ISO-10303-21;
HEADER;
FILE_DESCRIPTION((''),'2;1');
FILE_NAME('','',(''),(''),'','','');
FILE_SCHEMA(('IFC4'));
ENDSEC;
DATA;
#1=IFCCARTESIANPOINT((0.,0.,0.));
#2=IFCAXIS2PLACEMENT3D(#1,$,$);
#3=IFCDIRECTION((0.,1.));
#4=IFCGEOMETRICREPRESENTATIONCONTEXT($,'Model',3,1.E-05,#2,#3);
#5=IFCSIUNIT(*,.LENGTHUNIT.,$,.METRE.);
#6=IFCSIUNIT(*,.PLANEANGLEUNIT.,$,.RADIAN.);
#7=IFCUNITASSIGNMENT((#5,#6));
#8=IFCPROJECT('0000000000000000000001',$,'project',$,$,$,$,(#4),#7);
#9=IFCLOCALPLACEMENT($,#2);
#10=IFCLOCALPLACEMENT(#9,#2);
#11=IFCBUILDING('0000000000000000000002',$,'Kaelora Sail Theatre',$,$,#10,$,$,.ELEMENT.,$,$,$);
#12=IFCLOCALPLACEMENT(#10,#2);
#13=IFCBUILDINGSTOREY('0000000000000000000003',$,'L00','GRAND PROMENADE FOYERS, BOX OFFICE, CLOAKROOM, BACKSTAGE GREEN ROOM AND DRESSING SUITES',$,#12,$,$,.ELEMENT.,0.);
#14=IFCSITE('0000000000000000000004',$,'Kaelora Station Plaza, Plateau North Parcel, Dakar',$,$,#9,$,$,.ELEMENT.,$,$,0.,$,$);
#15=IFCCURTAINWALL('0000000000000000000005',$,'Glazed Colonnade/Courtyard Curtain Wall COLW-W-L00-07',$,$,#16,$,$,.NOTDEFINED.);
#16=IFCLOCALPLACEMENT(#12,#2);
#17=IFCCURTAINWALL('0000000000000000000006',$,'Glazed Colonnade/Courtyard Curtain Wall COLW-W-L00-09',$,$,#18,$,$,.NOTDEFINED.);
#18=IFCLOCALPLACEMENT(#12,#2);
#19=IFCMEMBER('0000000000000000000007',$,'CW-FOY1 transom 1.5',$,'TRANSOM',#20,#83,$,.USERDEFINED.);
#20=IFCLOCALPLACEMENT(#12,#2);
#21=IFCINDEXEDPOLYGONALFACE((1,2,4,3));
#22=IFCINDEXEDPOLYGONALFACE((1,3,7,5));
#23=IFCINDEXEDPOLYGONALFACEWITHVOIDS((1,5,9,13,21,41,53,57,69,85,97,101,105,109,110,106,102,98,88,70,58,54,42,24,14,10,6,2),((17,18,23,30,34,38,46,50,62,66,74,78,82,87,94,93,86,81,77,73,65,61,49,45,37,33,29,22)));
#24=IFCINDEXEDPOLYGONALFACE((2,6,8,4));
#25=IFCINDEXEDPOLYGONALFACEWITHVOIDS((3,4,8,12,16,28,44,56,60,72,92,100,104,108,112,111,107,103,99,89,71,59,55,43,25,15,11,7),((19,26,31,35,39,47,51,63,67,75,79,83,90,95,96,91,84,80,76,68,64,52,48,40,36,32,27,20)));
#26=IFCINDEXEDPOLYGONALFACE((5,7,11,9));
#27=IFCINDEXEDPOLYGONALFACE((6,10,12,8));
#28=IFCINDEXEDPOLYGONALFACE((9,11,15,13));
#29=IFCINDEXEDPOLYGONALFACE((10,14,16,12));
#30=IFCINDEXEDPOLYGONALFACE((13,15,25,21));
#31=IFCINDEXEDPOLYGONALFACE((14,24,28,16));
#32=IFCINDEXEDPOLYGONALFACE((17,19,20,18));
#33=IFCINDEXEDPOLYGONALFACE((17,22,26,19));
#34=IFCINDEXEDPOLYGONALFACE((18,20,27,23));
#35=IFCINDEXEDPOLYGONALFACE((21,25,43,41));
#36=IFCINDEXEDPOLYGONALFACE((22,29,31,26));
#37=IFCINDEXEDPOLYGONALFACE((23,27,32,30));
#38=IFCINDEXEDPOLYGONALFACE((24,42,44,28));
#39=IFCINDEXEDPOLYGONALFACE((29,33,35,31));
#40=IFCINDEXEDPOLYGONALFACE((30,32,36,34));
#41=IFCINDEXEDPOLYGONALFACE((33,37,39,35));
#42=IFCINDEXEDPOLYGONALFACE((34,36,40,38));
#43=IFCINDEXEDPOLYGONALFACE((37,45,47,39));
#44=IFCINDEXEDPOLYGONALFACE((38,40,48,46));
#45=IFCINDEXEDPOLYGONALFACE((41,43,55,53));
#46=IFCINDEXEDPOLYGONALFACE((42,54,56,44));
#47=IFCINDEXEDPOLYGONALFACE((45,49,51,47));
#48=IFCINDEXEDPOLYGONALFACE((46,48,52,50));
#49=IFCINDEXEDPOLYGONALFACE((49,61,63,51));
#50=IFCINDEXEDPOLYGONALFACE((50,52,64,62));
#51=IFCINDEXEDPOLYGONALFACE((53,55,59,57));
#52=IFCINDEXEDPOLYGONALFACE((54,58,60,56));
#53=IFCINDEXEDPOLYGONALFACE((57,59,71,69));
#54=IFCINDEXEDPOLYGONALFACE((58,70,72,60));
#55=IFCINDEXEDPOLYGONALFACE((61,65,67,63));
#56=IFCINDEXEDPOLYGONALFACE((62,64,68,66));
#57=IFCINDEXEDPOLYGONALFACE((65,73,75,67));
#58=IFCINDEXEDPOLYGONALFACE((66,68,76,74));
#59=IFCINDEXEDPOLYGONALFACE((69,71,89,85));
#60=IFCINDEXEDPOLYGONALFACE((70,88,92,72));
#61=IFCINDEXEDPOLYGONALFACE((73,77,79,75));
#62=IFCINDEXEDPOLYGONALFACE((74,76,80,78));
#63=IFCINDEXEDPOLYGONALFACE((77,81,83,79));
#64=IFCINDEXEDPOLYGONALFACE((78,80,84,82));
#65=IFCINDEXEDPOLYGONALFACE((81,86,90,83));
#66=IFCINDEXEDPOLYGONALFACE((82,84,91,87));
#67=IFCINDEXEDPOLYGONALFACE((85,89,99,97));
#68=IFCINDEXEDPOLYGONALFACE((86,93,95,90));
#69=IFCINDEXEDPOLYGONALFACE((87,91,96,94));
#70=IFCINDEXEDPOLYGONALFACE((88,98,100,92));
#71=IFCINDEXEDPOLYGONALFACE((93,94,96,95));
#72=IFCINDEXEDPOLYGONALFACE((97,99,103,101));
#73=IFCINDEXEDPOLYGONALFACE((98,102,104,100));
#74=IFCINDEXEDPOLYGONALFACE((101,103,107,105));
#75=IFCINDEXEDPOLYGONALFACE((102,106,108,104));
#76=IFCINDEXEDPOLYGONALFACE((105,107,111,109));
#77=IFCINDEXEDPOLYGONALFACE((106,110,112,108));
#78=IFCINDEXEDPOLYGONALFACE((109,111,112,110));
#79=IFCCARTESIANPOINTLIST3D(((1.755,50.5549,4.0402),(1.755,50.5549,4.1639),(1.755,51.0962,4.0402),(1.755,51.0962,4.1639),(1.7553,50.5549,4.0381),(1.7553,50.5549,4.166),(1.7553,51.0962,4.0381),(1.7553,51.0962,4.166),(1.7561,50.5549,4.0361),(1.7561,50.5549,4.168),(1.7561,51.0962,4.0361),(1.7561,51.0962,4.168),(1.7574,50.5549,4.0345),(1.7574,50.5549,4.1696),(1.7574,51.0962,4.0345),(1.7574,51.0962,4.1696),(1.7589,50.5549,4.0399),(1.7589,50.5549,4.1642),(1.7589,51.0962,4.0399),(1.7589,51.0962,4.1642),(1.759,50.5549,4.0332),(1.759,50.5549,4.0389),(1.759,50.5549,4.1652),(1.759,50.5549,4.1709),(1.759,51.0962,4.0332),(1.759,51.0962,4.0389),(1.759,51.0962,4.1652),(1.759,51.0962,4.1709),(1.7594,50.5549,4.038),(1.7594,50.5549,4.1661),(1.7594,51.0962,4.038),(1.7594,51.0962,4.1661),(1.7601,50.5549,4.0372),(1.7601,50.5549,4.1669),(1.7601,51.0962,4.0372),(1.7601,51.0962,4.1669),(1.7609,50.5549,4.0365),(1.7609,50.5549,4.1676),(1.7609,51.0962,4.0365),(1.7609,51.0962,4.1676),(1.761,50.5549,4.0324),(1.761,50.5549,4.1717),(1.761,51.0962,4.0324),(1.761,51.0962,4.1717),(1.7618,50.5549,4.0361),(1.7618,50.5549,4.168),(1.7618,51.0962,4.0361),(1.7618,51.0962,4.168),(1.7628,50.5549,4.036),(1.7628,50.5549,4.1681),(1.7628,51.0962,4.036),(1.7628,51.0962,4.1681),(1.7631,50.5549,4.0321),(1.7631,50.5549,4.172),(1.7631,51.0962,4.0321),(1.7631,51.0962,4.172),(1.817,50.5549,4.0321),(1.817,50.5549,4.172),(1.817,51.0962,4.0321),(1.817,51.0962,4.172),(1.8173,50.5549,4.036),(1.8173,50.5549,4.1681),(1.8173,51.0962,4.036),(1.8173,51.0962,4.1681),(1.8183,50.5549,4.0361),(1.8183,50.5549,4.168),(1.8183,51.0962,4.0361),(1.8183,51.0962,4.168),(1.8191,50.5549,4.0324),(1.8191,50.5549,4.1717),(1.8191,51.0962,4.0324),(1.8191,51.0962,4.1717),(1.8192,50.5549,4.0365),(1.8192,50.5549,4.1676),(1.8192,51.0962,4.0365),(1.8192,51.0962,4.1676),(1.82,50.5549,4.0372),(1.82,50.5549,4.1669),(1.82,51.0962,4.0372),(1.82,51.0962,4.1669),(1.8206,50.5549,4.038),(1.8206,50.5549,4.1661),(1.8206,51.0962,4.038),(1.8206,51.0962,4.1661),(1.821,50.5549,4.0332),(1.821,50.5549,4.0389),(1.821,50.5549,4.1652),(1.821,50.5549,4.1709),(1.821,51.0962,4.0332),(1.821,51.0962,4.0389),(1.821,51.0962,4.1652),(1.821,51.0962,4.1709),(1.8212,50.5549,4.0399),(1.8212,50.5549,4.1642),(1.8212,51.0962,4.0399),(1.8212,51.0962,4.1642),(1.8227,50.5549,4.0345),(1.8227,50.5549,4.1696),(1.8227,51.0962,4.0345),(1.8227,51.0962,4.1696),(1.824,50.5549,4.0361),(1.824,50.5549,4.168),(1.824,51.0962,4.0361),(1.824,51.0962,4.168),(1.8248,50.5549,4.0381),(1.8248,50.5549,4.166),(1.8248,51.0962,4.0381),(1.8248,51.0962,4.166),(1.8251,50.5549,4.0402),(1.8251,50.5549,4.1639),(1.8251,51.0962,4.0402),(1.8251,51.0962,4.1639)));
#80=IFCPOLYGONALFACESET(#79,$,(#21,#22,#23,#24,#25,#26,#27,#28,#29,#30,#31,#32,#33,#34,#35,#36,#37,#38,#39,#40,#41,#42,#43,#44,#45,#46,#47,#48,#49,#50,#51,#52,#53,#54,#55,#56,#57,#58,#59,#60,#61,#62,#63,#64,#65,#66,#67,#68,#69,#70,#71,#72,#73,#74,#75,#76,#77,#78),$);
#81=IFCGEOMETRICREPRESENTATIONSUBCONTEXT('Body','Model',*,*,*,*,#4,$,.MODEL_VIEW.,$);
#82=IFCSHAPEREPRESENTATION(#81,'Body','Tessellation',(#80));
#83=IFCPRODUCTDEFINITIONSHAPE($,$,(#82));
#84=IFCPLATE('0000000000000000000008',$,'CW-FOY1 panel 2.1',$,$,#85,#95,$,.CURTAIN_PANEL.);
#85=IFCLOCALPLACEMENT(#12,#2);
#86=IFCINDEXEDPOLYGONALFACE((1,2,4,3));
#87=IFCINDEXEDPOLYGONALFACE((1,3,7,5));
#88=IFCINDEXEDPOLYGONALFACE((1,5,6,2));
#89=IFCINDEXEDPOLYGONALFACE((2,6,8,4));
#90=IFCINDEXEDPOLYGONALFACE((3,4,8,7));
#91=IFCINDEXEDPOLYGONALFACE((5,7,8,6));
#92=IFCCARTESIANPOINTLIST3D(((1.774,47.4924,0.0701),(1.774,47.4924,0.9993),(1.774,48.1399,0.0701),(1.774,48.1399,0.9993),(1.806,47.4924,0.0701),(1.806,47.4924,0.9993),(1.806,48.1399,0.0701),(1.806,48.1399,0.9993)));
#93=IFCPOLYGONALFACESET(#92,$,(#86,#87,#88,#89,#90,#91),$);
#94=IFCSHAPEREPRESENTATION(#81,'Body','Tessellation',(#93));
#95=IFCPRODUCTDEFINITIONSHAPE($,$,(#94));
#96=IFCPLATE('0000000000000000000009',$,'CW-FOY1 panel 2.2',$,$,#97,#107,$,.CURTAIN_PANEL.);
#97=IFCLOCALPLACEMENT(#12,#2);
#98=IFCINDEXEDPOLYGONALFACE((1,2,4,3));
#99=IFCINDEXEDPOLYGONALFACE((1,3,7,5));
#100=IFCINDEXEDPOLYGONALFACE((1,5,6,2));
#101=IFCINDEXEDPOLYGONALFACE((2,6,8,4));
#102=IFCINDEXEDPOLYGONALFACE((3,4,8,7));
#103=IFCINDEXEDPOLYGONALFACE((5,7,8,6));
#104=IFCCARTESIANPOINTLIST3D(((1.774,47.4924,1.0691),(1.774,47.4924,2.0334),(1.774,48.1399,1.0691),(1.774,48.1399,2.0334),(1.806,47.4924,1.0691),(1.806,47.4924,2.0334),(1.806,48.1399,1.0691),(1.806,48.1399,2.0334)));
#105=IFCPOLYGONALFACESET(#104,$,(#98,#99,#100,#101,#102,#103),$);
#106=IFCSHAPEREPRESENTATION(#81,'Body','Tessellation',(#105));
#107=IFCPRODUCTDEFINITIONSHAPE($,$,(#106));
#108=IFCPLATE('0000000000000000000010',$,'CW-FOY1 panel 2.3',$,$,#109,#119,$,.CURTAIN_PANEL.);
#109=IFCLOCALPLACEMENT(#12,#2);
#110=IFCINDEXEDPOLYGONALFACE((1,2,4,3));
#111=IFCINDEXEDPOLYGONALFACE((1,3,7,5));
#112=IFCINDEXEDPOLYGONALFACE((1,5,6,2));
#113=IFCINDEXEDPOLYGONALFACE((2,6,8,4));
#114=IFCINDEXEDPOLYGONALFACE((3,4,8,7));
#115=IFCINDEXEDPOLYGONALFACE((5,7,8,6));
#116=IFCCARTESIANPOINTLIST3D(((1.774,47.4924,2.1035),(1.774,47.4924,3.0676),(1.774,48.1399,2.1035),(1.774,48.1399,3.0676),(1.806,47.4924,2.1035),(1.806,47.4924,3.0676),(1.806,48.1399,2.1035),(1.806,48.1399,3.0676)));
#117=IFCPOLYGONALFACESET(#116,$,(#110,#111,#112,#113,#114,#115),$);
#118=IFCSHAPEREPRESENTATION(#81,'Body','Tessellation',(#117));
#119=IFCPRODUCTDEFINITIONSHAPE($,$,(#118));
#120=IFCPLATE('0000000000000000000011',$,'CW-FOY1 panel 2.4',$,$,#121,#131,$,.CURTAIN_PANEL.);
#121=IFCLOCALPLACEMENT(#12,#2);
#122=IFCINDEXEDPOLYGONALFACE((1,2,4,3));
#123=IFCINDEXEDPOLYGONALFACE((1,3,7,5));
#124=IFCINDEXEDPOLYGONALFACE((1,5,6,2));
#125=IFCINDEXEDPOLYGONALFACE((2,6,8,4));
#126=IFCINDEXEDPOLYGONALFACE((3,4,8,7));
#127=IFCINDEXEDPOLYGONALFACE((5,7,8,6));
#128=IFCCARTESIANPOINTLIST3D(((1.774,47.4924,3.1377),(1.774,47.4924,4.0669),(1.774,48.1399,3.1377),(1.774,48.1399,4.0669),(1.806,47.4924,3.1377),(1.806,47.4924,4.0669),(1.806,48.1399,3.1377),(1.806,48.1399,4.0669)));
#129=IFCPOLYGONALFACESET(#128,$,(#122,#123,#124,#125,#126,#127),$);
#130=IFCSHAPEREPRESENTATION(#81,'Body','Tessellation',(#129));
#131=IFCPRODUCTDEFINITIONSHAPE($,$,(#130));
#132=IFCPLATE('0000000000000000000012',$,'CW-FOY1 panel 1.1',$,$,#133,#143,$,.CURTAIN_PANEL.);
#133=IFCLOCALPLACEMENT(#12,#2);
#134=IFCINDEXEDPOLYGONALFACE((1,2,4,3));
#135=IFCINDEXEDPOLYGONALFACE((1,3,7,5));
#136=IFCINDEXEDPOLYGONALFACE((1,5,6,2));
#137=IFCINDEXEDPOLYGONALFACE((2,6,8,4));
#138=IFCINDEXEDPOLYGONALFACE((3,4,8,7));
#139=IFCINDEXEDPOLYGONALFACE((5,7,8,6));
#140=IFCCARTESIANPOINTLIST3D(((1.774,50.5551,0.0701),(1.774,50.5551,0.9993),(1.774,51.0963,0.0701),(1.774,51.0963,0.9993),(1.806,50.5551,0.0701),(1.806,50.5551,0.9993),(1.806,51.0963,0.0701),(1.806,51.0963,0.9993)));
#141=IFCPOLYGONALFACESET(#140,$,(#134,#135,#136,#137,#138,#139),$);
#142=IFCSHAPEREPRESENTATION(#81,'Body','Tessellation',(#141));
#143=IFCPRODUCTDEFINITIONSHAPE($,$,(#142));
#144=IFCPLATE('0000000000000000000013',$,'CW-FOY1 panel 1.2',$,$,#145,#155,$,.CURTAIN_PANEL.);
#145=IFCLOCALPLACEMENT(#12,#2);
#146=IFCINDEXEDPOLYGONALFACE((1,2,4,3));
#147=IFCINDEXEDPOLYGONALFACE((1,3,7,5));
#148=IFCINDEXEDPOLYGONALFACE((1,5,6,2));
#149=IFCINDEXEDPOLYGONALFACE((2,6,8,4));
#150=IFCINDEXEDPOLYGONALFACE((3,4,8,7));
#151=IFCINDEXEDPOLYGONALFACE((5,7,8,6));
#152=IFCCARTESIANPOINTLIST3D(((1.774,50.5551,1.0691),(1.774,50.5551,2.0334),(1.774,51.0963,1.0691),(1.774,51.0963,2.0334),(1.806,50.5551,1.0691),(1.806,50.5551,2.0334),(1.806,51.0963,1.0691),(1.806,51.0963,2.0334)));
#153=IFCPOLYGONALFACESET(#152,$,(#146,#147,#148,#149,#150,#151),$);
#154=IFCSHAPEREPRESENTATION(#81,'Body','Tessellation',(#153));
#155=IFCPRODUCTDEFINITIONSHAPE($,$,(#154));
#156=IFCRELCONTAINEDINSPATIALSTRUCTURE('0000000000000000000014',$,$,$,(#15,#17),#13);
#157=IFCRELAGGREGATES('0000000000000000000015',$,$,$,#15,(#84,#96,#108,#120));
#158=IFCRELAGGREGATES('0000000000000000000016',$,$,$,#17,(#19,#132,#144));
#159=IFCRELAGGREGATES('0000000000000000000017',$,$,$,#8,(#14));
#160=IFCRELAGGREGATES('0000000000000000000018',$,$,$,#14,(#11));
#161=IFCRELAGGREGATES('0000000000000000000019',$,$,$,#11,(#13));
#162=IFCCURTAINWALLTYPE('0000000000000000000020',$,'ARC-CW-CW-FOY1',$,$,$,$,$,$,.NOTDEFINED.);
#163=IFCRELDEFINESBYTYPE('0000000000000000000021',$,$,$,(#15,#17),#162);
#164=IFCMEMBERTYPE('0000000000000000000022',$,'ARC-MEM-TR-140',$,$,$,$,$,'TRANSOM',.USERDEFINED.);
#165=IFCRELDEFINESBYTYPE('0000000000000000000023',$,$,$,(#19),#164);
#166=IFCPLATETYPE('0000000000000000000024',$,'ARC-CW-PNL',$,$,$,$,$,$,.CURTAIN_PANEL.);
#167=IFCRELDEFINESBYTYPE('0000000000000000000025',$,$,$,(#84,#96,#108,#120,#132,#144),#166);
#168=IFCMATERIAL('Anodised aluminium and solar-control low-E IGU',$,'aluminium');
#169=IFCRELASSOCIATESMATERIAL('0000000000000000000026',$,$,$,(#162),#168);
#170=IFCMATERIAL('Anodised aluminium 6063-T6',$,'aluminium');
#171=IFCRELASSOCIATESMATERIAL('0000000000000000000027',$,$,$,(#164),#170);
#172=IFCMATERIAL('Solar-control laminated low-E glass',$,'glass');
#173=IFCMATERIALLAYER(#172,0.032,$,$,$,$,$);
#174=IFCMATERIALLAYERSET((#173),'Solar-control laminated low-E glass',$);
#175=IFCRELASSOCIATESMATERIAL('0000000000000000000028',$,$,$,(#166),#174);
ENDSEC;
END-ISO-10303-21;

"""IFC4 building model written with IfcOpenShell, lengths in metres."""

from ifc_helpers import new_model, si_unit, direction, frame, origin, origin_2d, place, context, subcontext, project, spatial, rectangle, hollow_rectangle, extrude, material, layer, layer_set, material_profile, profile_set, type_object, element, aggregate, save


model = new_model("IFC4")

# Units and contexts
model_context = context("Model", 3, precision=1e-05, world=origin(), true_north=direction((0.0, 1.0)))
body_context = subcontext(model_context, "Body", "Model", "MODEL_VIEW")
ifc_project = project(units=[si_unit("LENGTHUNIT", "METRE"), si_unit("PLANEANGLEUNIT", "RADIAN")], contexts=[model_context])

# Site, building, storey
site_placement = place(None, origin())
site = spatial("IfcSite", under=ifc_project, at=site_placement, Name="Kaelora Station Plaza, Plateau North Parcel, Dakar", CompositionType="ELEMENT", RefElevation=0.0)
building_placement = place(site_placement, origin())
building = spatial("IfcBuilding", under=site, at=building_placement, Name="Kaelora Sail Theatre", CompositionType="ELEMENT")
storey_placement = place(building_placement, origin())
storey = spatial("IfcBuildingStorey", under=building, at=storey_placement, Name="L00", Description="GRAND PROMENADE FOYERS, BOX OFFICE, CLOAKROOM, BACKSTAGE GREEN ROOM AND DRESSING SUITES", CompositionType="ELEMENT", Elevation=0.0)

# Curtain wall
ifc_material_1 = material(Name="Anodised aluminium and solar-control low-E IGU", Category="aluminium")
curtain_wall_type = type_object("IfcCurtainWallType", Name="ARC-CW-CW-FOY1", PredefinedType="NOTDEFINED", material=ifc_material_1)
curtain_wall_1_placement = place(storey_placement, origin())
curtain_wall_1 = element("IfcCurtainWall", 1, at=curtain_wall_1_placement, inside=storey, type_object=curtain_wall_type, Name="Glazed Colonnade/Courtyard Curtain Wall COLW-W-L00-07", PredefinedType="NOTDEFINED")

# Curtain wall
curtain_wall_2_placement = place(storey_placement, origin())
curtain_wall_2 = element("IfcCurtainWall", 2, at=curtain_wall_2_placement, inside=storey, type_object=curtain_wall_type, Name="Glazed Colonnade/Courtyard Curtain Wall COLW-W-L00-09", PredefinedType="NOTDEFINED")

# Member
ifc_material_2 = material(Name="Anodised aluminium 6063-T6", Category="aluminium")
ifc_material_profile_1 = material_profile(ifc_material_2, hollow_rectangle(XDim=0.0701, YDim=0.1399, WallThickness=0.0039, InnerFilletRadius=0.0039, OuterFilletRadius=0.0081, at=origin_2d()), Name="ALU-TRAN 70x140x4")
ifc_profile_set_1 = profile_set([ifc_material_profile_1], Name="Anodised aluminium 6063-T6")
member_type_1 = type_object("IfcMemberType", Name="ARC-MEM-TR-140", ElementType="TRANSOM", PredefinedType="USERDEFINED", material=ifc_profile_set_1)
member_1_placement = place(storey_placement, frame((1.79, 50.5549, 4.1021), z_axis=(0.0, 1.0, 0.0), x_axis=(-1.0, 0.0, 0.0)))
member_1 = element("IfcMember", 3, at=member_1_placement, type_object=member_type_1, Name="CW-FOY1 transom 1.5", ObjectType="TRANSOM", PredefinedType="USERDEFINED", context=body_context, shape_type="SweptSolid", body=[
    extrude(hollow_rectangle(XDim=0.0701, YDim=0.1399, WallThickness=0.0039, InnerFilletRadius=0.0039, OuterFilletRadius=0.0081, at=origin_2d()), origin(), (0.0, 0.0, 1.0), 0.5413),
])

# Plates
ifc_material_3 = material(Name="Solar-control laminated low-E glass", Category="glass")
ifc_layer = layer(ifc_material_3, 0.032)
ifc_layer_set = layer_set([ifc_layer], Name="Solar-control laminated low-E glass")
plate_type = type_object("IfcPlateType", Name="ARC-CW-PNL", PredefinedType="CURTAIN_PANEL", material=ifc_layer_set)
plate_1_placement = place(storey_placement, frame((1.79, 47.8162, 0.0701), z_axis=(0.0, 0.0, 1.0), x_axis=(0.0, 1.0, 0.0)))
plate_1 = element("IfcPlate", 4, at=plate_1_placement, type_object=plate_type, Name="CW-FOY1 panel 2.1", PredefinedType="CURTAIN_PANEL", context=body_context, shape_type="SweptSolid", body=[
    extrude(rectangle(XDim=0.6475, YDim=0.032, at=origin_2d()), origin(), (0.0, 0.0, 1.0), 0.9292),
])
plate_2_placement = place(storey_placement, frame((1.79, 47.8162, 1.0691), z_axis=(0.0, 0.0, 1.0), x_axis=(0.0, 1.0, 0.0)))
plate_2 = element("IfcPlate", 5, at=plate_2_placement, type_object=plate_type, Name="CW-FOY1 panel 2.2", PredefinedType="CURTAIN_PANEL", context=body_context, shape_type="SweptSolid", body=[
    extrude(rectangle(XDim=0.6475, YDim=0.032, at=origin_2d()), origin(), (0.0, 0.0, 1.0), 0.9644),
])
plate_3_placement = place(storey_placement, frame((1.79, 47.8162, 2.1035), z_axis=(0.0, 0.0, 1.0), x_axis=(0.0, 1.0, 0.0)))
plate_3 = element("IfcPlate", 6, at=plate_3_placement, type_object=plate_type, Name="CW-FOY1 panel 2.3", PredefinedType="CURTAIN_PANEL", context=body_context, shape_type="SweptSolid", body=[
    extrude(rectangle(XDim=0.6475, YDim=0.032, at=origin_2d()), origin(), (0.0, 0.0, 1.0), 0.9641),
])
plate_4_placement = place(storey_placement, frame((1.79, 47.8162, 3.1377), z_axis=(0.0, 0.0, 1.0), x_axis=(0.0, 1.0, 0.0)))
plate_4 = element("IfcPlate", 7, at=plate_4_placement, type_object=plate_type, Name="CW-FOY1 panel 2.4", PredefinedType="CURTAIN_PANEL", context=body_context, shape_type="SweptSolid", body=[
    extrude(rectangle(XDim=0.6475, YDim=0.032, at=origin_2d()), origin(), (0.0, 0.0, 1.0), 0.9292),
])
aggregate(curtain_wall_1, [plate_1, plate_2, plate_3, plate_4])
plate_5_placement = place(storey_placement, frame((1.79, 50.8257, 0.0701), z_axis=(0.0, 0.0, 1.0), x_axis=(0.0, 1.0, 0.0)))
plate_5 = element("IfcPlate", 8, at=plate_5_placement, type_object=plate_type, Name="CW-FOY1 panel 1.1", PredefinedType="CURTAIN_PANEL", context=body_context, shape_type="SweptSolid", body=[
    extrude(rectangle(XDim=0.5413, YDim=0.032, at=origin_2d()), origin(), (0.0, 0.0, 1.0), 0.9292),
])
plate_6_placement = place(storey_placement, frame((1.79, 50.8257, 1.0691), z_axis=(0.0, 0.0, 1.0), x_axis=(0.0, 1.0, 0.0)))
plate_6 = element("IfcPlate", 9, at=plate_6_placement, type_object=plate_type, Name="CW-FOY1 panel 1.2", PredefinedType="CURTAIN_PANEL", context=body_context, shape_type="SweptSolid", body=[
    extrude(rectangle(XDim=0.5413, YDim=0.032, at=origin_2d()), origin(), (0.0, 0.0, 1.0), 0.9644),
])
aggregate(curtain_wall_2, [member_1, plate_5, plate_6])

save(model, "model.ifc")
